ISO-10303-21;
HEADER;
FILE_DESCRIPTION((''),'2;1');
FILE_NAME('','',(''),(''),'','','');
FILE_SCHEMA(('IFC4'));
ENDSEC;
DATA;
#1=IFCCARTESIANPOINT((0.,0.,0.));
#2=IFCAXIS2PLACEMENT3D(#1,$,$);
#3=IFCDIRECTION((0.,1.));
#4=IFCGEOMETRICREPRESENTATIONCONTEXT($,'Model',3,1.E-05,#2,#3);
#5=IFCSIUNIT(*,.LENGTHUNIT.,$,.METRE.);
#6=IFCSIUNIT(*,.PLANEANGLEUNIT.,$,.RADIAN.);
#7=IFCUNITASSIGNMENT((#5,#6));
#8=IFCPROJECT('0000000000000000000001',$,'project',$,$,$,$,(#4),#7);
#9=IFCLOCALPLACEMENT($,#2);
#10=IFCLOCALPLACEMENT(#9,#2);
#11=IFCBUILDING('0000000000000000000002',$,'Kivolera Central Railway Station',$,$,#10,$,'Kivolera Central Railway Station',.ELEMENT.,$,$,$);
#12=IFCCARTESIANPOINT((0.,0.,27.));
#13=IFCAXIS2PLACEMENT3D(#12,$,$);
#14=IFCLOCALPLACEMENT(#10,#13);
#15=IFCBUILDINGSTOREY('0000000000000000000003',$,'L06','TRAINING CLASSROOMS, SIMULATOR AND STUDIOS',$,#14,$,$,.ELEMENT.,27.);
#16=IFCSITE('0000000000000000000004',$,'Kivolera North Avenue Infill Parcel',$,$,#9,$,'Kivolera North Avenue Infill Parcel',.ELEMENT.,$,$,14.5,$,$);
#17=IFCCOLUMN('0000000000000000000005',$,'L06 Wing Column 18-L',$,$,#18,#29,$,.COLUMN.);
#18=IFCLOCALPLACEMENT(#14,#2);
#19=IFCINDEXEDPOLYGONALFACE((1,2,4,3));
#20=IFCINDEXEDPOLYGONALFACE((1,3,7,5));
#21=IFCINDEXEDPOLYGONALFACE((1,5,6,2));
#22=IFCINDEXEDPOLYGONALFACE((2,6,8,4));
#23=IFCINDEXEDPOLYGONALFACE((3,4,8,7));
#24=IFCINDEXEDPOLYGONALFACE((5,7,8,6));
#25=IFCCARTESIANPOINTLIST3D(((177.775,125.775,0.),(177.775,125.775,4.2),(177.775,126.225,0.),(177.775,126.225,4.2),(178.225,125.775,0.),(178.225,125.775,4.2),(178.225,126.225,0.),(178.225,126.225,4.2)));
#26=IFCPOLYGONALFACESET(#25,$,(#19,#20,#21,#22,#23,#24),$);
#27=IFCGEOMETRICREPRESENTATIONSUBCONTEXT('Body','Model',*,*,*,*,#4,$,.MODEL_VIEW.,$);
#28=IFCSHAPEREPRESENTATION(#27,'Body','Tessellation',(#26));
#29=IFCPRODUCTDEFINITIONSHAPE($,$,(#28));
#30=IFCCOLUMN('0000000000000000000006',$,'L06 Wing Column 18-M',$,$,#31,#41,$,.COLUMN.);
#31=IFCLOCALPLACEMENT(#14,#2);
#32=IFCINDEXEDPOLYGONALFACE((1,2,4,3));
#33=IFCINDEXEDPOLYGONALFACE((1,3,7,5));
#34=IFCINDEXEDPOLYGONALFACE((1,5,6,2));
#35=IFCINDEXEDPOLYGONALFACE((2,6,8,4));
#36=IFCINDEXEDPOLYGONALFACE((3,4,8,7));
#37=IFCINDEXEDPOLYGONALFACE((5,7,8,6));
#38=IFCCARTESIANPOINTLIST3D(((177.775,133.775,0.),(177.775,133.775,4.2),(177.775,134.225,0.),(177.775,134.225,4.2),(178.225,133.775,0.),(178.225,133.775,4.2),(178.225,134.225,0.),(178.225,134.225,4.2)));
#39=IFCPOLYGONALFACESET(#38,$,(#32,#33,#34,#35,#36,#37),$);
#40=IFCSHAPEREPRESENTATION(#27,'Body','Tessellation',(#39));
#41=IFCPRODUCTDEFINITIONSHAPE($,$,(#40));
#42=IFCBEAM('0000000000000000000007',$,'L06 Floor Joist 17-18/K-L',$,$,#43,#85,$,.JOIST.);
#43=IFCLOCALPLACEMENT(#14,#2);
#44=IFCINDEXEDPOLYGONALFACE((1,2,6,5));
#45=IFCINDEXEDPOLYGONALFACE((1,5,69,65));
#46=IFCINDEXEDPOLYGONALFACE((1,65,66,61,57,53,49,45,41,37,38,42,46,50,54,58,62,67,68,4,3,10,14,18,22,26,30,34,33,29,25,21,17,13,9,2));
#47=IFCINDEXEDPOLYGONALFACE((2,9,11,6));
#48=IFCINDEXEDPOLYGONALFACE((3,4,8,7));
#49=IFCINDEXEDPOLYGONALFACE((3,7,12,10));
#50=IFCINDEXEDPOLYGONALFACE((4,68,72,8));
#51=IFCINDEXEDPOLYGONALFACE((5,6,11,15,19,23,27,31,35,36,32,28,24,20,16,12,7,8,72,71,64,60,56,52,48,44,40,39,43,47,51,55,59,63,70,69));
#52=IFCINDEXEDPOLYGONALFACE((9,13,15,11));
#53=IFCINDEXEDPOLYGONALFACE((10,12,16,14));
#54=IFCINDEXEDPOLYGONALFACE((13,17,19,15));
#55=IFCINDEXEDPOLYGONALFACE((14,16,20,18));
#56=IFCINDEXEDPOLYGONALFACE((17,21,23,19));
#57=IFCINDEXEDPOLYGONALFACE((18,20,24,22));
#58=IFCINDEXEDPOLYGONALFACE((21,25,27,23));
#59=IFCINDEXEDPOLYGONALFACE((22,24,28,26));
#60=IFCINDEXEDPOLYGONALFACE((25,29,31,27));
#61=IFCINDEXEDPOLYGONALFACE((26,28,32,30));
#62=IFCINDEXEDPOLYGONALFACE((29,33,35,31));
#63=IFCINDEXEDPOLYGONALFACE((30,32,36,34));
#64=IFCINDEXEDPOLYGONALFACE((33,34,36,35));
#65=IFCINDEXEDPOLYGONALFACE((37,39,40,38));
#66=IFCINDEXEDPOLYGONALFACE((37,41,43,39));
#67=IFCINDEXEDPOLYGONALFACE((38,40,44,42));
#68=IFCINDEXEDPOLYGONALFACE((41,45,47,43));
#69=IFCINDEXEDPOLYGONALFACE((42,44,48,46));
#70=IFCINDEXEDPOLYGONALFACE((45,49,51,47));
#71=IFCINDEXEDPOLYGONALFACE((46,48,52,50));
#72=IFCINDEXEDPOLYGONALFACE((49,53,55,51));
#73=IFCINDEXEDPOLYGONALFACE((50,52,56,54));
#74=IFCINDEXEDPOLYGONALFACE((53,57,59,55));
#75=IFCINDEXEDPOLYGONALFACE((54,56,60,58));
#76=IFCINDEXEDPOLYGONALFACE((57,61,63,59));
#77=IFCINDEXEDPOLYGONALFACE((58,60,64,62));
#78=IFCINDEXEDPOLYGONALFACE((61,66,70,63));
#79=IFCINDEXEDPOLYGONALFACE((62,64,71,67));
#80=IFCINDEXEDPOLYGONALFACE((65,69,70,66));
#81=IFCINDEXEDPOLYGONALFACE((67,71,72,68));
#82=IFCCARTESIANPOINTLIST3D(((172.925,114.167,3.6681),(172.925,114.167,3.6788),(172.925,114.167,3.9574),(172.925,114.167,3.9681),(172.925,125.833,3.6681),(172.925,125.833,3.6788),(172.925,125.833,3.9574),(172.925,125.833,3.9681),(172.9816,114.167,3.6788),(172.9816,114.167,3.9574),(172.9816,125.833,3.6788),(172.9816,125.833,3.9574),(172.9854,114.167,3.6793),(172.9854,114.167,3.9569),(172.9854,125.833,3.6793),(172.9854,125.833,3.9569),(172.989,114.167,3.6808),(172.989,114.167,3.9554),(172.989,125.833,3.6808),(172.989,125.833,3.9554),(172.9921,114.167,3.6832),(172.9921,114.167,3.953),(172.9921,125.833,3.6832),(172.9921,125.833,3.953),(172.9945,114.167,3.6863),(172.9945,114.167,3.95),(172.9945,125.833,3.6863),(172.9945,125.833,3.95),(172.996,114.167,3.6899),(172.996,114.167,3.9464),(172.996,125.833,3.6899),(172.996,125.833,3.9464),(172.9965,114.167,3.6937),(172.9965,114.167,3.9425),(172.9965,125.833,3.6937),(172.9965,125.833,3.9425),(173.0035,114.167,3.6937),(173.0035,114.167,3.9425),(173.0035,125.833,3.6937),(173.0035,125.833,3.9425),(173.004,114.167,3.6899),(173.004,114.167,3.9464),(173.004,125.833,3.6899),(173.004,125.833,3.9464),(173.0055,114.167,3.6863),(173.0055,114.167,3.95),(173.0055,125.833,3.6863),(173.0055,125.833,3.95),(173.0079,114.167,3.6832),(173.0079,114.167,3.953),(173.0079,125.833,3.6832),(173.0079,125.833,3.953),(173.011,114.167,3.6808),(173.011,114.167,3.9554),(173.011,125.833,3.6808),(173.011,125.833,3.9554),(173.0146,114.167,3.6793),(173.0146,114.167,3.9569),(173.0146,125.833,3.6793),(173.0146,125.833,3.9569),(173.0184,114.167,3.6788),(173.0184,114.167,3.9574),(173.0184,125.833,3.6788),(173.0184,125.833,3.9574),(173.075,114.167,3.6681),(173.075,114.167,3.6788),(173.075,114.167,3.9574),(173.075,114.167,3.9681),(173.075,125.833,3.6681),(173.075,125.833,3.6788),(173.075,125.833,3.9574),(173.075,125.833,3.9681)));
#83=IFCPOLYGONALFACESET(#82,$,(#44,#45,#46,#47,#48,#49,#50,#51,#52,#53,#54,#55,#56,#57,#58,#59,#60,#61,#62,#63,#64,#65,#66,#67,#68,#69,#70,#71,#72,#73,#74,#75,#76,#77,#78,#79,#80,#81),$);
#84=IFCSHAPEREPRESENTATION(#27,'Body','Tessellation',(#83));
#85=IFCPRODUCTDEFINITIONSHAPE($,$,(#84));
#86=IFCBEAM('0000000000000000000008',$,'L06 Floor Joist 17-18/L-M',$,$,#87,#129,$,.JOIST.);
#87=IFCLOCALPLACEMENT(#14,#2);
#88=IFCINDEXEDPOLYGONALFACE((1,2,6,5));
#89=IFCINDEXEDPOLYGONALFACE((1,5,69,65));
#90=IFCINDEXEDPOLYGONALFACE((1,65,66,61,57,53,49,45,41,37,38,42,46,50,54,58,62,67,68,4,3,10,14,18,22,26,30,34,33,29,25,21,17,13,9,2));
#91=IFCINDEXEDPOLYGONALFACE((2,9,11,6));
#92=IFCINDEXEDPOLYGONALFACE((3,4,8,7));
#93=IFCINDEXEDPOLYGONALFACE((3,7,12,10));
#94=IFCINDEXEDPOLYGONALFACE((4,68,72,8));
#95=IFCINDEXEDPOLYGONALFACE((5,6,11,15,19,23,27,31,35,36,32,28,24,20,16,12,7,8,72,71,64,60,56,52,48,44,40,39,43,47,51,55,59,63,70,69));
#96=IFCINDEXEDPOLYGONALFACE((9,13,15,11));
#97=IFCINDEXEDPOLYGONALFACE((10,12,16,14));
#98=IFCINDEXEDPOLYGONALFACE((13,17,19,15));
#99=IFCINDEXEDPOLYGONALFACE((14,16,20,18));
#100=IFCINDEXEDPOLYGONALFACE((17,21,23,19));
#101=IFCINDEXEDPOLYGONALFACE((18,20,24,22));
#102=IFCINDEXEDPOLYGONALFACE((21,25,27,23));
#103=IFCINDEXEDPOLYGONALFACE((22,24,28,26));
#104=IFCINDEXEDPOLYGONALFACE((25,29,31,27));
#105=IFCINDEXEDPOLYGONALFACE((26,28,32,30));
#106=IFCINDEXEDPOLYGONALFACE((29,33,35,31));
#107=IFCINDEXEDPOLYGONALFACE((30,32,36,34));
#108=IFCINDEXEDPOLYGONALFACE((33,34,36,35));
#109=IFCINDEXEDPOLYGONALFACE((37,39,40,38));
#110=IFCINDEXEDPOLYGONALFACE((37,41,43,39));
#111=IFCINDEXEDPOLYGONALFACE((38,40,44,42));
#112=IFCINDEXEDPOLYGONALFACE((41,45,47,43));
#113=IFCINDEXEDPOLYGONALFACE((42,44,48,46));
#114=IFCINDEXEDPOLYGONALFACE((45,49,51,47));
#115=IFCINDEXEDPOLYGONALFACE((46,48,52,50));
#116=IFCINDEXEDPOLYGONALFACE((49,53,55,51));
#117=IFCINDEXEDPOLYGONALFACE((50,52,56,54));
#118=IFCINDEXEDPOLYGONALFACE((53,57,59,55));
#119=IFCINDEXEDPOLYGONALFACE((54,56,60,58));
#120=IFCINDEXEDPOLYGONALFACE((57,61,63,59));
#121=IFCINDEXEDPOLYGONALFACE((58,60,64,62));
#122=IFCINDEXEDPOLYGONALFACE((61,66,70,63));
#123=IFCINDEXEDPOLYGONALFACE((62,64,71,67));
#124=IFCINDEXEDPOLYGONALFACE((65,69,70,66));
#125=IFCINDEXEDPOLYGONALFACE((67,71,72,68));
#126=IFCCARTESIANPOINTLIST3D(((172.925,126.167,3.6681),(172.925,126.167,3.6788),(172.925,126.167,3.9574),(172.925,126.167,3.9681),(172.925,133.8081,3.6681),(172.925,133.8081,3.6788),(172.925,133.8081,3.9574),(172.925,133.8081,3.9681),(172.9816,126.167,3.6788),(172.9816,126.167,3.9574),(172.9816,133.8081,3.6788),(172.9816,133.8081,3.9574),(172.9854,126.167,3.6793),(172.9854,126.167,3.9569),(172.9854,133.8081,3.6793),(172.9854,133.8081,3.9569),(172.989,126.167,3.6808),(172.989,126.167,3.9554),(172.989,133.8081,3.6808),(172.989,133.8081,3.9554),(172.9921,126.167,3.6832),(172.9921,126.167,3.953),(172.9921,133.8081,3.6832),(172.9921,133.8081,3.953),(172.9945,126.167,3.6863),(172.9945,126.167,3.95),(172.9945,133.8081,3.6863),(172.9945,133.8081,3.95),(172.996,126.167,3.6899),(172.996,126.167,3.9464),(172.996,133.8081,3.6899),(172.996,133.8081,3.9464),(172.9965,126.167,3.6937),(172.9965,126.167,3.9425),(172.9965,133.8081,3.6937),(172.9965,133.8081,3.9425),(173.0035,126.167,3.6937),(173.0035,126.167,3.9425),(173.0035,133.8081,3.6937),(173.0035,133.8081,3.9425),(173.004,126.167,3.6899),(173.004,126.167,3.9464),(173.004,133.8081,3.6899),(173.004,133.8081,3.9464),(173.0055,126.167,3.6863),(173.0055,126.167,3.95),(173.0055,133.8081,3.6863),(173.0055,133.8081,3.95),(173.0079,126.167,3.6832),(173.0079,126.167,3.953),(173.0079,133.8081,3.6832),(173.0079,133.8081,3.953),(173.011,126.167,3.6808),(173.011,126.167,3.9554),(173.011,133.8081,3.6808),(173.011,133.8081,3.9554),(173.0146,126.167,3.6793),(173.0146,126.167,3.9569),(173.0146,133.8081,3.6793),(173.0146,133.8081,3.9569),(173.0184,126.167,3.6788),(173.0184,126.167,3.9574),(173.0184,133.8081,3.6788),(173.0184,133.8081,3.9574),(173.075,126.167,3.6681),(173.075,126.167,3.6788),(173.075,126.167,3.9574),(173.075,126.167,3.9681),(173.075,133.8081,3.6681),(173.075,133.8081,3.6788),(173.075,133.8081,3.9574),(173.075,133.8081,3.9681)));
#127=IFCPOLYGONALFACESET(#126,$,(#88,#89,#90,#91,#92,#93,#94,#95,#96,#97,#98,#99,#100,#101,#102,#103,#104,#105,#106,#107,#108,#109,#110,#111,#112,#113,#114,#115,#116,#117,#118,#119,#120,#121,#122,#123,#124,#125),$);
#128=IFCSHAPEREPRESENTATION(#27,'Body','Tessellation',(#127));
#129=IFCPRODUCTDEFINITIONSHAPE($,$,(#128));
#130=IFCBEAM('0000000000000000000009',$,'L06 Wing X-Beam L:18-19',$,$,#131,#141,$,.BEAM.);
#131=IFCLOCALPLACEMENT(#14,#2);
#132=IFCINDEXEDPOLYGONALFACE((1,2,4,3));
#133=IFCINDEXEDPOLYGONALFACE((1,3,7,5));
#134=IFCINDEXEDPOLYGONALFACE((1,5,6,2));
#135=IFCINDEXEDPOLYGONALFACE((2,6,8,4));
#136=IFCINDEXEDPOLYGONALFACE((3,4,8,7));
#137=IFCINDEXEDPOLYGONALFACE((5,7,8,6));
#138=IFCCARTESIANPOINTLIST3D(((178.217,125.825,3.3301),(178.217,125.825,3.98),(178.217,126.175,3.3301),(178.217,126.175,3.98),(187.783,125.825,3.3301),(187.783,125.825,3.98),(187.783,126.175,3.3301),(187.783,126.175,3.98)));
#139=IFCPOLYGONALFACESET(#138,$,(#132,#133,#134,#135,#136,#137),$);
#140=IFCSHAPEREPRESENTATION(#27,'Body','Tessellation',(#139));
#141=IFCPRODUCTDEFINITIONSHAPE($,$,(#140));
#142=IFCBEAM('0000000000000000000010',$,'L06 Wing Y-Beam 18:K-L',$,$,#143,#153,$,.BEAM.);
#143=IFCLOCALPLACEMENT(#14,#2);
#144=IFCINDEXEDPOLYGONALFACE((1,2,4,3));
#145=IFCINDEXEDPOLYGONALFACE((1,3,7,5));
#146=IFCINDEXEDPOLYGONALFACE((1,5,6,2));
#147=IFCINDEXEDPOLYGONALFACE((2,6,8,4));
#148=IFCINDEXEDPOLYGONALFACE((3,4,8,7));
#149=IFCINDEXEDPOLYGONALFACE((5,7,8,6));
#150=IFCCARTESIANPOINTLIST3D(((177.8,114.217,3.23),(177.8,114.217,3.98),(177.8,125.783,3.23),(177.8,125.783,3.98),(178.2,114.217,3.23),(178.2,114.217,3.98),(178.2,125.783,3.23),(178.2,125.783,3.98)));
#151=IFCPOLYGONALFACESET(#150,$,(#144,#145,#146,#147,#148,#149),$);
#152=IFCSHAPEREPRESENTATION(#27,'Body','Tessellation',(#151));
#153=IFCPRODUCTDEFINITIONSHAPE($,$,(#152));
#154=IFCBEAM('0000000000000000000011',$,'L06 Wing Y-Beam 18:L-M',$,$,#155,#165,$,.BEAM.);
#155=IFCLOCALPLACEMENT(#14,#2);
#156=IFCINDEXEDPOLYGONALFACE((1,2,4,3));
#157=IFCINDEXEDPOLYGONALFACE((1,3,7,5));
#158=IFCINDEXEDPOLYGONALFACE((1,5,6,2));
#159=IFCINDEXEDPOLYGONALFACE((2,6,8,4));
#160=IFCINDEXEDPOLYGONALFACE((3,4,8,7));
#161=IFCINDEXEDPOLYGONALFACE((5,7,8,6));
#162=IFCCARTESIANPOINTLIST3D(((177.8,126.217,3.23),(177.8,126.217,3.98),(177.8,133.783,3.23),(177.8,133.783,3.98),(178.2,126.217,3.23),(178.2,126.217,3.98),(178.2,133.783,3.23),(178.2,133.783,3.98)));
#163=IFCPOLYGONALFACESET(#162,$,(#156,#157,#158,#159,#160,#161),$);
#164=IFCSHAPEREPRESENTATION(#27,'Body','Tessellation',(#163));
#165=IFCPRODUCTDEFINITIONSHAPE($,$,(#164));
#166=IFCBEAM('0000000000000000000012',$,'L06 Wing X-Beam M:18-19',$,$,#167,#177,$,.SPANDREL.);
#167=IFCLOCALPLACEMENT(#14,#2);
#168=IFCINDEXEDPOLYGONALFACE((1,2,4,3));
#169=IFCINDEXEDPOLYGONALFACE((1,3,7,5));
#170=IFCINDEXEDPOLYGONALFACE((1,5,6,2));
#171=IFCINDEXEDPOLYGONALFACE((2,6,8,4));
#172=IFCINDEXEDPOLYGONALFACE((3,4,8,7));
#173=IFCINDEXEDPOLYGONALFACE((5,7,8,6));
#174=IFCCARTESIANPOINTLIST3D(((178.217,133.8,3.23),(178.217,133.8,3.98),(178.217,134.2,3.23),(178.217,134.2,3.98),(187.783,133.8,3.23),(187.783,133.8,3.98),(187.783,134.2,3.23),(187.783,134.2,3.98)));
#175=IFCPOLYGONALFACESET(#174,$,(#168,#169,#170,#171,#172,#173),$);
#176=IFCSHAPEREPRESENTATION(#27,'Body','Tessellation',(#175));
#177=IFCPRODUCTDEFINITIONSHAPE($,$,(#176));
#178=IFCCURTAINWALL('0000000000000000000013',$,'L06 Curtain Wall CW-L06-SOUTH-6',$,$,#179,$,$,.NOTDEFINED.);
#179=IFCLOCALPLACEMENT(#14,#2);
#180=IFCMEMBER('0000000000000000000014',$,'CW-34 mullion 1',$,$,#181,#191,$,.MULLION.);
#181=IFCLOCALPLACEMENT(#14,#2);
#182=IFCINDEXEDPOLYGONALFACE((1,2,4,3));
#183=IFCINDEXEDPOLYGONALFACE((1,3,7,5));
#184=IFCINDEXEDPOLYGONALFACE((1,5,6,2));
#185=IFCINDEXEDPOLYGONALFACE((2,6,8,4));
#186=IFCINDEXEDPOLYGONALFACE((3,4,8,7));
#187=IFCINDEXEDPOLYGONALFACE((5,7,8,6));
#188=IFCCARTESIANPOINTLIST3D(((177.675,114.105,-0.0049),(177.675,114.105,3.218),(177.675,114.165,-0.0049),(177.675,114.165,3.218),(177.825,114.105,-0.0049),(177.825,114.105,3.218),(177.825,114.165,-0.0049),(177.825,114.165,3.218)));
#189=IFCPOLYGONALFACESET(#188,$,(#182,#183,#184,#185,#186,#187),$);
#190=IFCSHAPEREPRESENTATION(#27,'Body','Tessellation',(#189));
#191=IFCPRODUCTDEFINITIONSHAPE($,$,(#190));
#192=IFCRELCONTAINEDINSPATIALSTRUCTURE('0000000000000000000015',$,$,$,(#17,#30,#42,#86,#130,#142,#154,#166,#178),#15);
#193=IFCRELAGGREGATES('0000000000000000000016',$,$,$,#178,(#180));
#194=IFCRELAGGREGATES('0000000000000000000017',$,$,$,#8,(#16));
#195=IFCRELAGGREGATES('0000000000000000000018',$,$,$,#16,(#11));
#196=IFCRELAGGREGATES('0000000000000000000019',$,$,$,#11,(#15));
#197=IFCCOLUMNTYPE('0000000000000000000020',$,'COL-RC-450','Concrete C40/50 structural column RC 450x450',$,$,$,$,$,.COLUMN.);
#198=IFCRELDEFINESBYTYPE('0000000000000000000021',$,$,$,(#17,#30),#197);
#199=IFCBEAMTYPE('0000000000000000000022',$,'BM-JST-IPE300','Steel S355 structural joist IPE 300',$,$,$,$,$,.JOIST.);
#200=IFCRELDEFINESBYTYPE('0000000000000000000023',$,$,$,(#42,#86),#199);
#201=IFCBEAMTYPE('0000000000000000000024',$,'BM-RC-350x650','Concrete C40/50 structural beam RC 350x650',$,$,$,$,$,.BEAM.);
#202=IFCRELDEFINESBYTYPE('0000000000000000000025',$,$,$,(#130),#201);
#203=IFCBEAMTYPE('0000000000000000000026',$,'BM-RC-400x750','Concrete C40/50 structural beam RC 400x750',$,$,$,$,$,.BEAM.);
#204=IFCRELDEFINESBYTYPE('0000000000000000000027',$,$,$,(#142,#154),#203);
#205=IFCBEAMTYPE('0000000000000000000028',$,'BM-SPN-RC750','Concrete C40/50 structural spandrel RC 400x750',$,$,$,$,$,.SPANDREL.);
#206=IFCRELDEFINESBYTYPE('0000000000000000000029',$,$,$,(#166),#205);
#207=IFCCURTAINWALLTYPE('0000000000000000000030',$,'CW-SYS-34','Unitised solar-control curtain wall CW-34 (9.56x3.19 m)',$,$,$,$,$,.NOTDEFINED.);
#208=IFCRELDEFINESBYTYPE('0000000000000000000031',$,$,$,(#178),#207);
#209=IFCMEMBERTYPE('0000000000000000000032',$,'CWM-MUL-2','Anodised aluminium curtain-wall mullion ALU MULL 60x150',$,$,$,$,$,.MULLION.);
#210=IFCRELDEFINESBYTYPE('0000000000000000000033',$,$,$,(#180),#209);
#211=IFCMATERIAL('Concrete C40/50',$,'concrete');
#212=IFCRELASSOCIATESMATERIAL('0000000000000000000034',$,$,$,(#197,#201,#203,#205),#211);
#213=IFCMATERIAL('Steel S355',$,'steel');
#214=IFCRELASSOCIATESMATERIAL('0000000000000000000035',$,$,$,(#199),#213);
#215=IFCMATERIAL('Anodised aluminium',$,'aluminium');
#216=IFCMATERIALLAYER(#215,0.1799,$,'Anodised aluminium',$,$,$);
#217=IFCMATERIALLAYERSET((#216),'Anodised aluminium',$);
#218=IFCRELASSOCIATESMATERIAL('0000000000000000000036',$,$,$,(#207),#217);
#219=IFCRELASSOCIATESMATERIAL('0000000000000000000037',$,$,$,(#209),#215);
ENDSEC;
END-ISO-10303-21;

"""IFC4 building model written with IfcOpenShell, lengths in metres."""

from ifc_helpers import new_model, si_unit, direction, frame, origin, origin_2d, place, context, subcontext, project, spatial, rectangle, i_section, extrude, material, layer, layer_set, material_profile, profile_set, type_object, element, aggregate, save


model = new_model("IFC4")

# Units and contexts
model_context = context("Model", 3, precision=1e-05, world=origin(), true_north=direction((0.0, 1.0)))
body_context = subcontext(model_context, "Body", "Model", "MODEL_VIEW")
ifc_project = project(units=[si_unit("LENGTHUNIT", "METRE"), si_unit("PLANEANGLEUNIT", "RADIAN")], contexts=[model_context])

# Site, building, storey
site_placement = place(None, origin())
site = spatial("IfcSite", under=ifc_project, at=site_placement, Name="Kivolera North Avenue Infill Parcel", LongName="Kivolera North Avenue Infill Parcel", CompositionType="ELEMENT", RefElevation=14.5)
building_placement = place(site_placement, origin())
building = spatial("IfcBuilding", under=site, at=building_placement, Name="Kivolera Central Railway Station", LongName="Kivolera Central Railway Station", CompositionType="ELEMENT")
storey_placement = place(building_placement, frame((0.0, 0.0, 27.0)))
storey = spatial("IfcBuildingStorey", under=building, at=storey_placement, Name="L06", Description="TRAINING CLASSROOMS, SIMULATOR AND STUDIOS", CompositionType="ELEMENT", Elevation=27.0)

# Columns
ifc_material_1 = material(Name="Concrete C40/50", Category="concrete")
ifc_material_profile_1 = material_profile(ifc_material_1, rectangle(XDim=0.45, YDim=0.45, at=origin_2d()), Name="RC 450x450")
ifc_profile_set_1 = profile_set([ifc_material_profile_1], Name="Concrete C40/50")
column_type = type_object("IfcColumnType", Name="COL-RC-450", Description="Concrete C40/50 structural column RC 450x450", PredefinedType="COLUMN", material=ifc_profile_set_1)
for number, where, z_axis, x_axis, name in (
    (1, (178.0, 126.0, 0.0), (0.0, 0.0, 1.0), (1.0, 0.0, 0.0), "L06 Wing Column 18-L"),
    (2, (178.0, 134.0, 0.0), (0.0, 0.0, 1.0), (1.0, 0.0, 0.0), "L06 Wing Column 18-M"),
):
    element("IfcColumn", number, at=place(storey_placement, frame(where, z_axis=z_axis, x_axis=x_axis)), inside=storey, type_object=column_type, Name=name, PredefinedType="COLUMN", context=body_context, shape_type="SweptSolid", body=[
        extrude(rectangle(XDim=0.45, YDim=0.45, at=origin_2d()), origin(), (0.0, 0.0, 1.0), 4.2),
    ])

# Beams
ifc_material_2 = material(Name="Steel S355", Category="steel")
ifc_material_profile_2 = material_profile(ifc_material_2, i_section(OverallWidth=0.1499, OverallDepth=0.3, WebThickness=0.0071, FlangeThickness=0.0107, FilletRadius=0.0149, at=origin_2d()), Name="IPE 300")
ifc_profile_set_2 = profile_set([ifc_material_profile_2], Name="Steel S355")
beam_type_1 = type_object("IfcBeamType", Name="BM-JST-IPE300", Description="Steel S355 structural joist IPE 300", PredefinedType="JOIST", material=ifc_profile_set_2)
beam_1_placement = place(storey_placement, frame((173.0, 114.167, 3.8181), z_axis=(0.0, 1.0, 0.0), x_axis=(-1.0, 0.0, 0.0)))
element("IfcBeam", 3, at=beam_1_placement, inside=storey, type_object=beam_type_1, Name="L06 Floor Joist 17-18/K-L", PredefinedType="JOIST", context=body_context, shape_type="SweptSolid", body=[
    extrude(i_section(OverallWidth=0.1499, OverallDepth=0.3, WebThickness=0.0071, FlangeThickness=0.0107, FilletRadius=0.0149, at=origin_2d()), origin(), (0.0, 0.0, 1.0), 11.666),
])
beam_2_placement = place(storey_placement, frame((173.0, 126.167, 3.8181), z_axis=(0.0, 1.0, 0.0), x_axis=(-1.0, 0.0, 0.0)))
element("IfcBeam", 4, at=beam_2_placement, inside=storey, type_object=beam_type_1, Name="L06 Floor Joist 17-18/L-M", PredefinedType="JOIST", context=body_context, shape_type="SweptSolid", body=[
    extrude(i_section(OverallWidth=0.1499, OverallDepth=0.3, WebThickness=0.0071, FlangeThickness=0.0107, FilletRadius=0.0149, at=origin_2d()), origin(), (0.0, 0.0, 1.0), 7.6411),
])
ifc_material_profile_3 = material_profile(ifc_material_1, rectangle(XDim=0.3501, YDim=0.6499, at=origin_2d()), Name="RC 350x650")
ifc_profile_set_3 = profile_set([ifc_material_profile_3], Name="Concrete C40/50")
beam_type_2 = type_object("IfcBeamType", Name="BM-RC-350x650", Description="Concrete C40/50 structural beam RC 350x650", PredefinedType="BEAM", material=ifc_profile_set_3)
beam_3_placement = place(storey_placement, frame((178.217, 126.0, 3.655), z_axis=(1.0, 0.0, 0.0), x_axis=(0.0, 1.0, 0.0)))
element("IfcBeam", 5, at=beam_3_placement, inside=storey, type_object=beam_type_2, Name="L06 Wing X-Beam L:18-19", PredefinedType="BEAM", context=body_context, shape_type="SweptSolid", body=[
    extrude(rectangle(XDim=0.3501, YDim=0.6499, at=origin_2d()), origin(), (0.0, 0.0, 1.0), 9.5659),
])
ifc_material_profile_4 = material_profile(ifc_material_1, rectangle(XDim=0.3999, YDim=0.75, at=origin_2d()), Name="RC 400x750")
ifc_profile_set_4 = profile_set([ifc_material_profile_4], Name="Concrete C40/50")
beam_type_3 = type_object("IfcBeamType", Name="BM-RC-400x750", Description="Concrete C40/50 structural beam RC 400x750", PredefinedType="BEAM", material=ifc_profile_set_4)
beam_4_placement = place(storey_placement, frame((178.0, 114.217, 3.605), z_axis=(0.0, 1.0, 0.0), x_axis=(-1.0, 0.0, 0.0)))
element("IfcBeam", 6, at=beam_4_placement, inside=storey, type_object=beam_type_3, Name="L06 Wing Y-Beam 18:K-L", PredefinedType="BEAM", context=body_context, shape_type="SweptSolid", body=[
    extrude(rectangle(XDim=0.3999, YDim=0.75, at=origin_2d()), origin(), (0.0, 0.0, 1.0), 11.5659),
])
beam_5_placement = place(storey_placement, frame((178.0, 126.217, 3.605), z_axis=(0.0, 1.0, 0.0), x_axis=(-1.0, 0.0, 0.0)))
element("IfcBeam", 7, at=beam_5_placement, inside=storey, type_object=beam_type_3, Name="L06 Wing Y-Beam 18:L-M", PredefinedType="BEAM", context=body_context, shape_type="SweptSolid", body=[
    extrude(rectangle(XDim=0.3999, YDim=0.75, at=origin_2d()), origin(), (0.0, 0.0, 1.0), 7.5659),
])
ifc_material_profile_5 = material_profile(ifc_material_1, rectangle(XDim=0.3999, YDim=0.75, at=origin_2d()), Name="RC 400x750")
ifc_profile_set_5 = profile_set([ifc_material_profile_5], Name="Concrete C40/50")
beam_type_4 = type_object("IfcBeamType", Name="BM-SPN-RC750", Description="Concrete C40/50 structural spandrel RC 400x750", PredefinedType="SPANDREL", material=ifc_profile_set_5)
beam_6_placement = place(storey_placement, frame((178.217, 134.0, 3.605), z_axis=(1.0, 0.0, 0.0), x_axis=(0.0, 1.0, 0.0)))
element("IfcBeam", 8, at=beam_6_placement, inside=storey, type_object=beam_type_4, Name="L06 Wing X-Beam M:18-19", PredefinedType="SPANDREL", context=body_context, shape_type="SweptSolid", body=[
    extrude(rectangle(XDim=0.3999, YDim=0.75, at=origin_2d()), origin(), (0.0, 0.0, 1.0), 9.5659),
])

# Curtain wall, member
ifc_material_3 = material(Name="Anodised aluminium", Category="aluminium")
ifc_layer_1 = layer(ifc_material_3, 0.1799, Name="Anodised aluminium")
ifc_layer_set_1 = layer_set([ifc_layer_1], Name="Anodised aluminium")
curtain_wall_type = type_object("IfcCurtainWallType", Name="CW-SYS-34", Description="Unitised solar-control curtain wall CW-34 (9.56x3.19 m)", PredefinedType="NOTDEFINED", material=ifc_layer_set_1)
curtain_wall_placement = place(storey_placement, origin())
curtain_wall = element("IfcCurtainWall", 9, at=curtain_wall_placement, inside=storey, type_object=curtain_wall_type, Name="L06 Curtain Wall CW-L06-SOUTH-6", PredefinedType="NOTDEFINED")
ifc_material_profile_6 = material_profile(ifc_material_3, rectangle(XDim=0.0601, YDim=0.1499, at=origin_2d()), Name="ALU MULL 60x150")
ifc_profile_set_6 = profile_set([ifc_material_profile_6], Name="Anodised aluminium")
member_type_1 = type_object("IfcMemberType", Name="CWM-MUL-2", Description="Anodised aluminium curtain-wall mullion ALU MULL 60x150", PredefinedType="MULLION", material=ifc_profile_set_6)
member_1_placement = place(storey_placement, frame((177.75, 114.135, -0.0049), z_axis=(0.0, 0.0, 1.0), x_axis=(0.0, -1.0, 0.0)))
member_1 = element("IfcMember", 10, at=member_1_placement, type_object=member_type_1, Name="CW-34 mullion 1", PredefinedType="MULLION", context=body_context, shape_type="SweptSolid", body=[
    extrude(rectangle(XDim=0.0601, YDim=0.1499, at=origin_2d()), origin(), (0.0, 0.0, 1.0), 3.2229),
])
aggregate(curtain_wall, [member_1])

save(model, "model.ifc")
